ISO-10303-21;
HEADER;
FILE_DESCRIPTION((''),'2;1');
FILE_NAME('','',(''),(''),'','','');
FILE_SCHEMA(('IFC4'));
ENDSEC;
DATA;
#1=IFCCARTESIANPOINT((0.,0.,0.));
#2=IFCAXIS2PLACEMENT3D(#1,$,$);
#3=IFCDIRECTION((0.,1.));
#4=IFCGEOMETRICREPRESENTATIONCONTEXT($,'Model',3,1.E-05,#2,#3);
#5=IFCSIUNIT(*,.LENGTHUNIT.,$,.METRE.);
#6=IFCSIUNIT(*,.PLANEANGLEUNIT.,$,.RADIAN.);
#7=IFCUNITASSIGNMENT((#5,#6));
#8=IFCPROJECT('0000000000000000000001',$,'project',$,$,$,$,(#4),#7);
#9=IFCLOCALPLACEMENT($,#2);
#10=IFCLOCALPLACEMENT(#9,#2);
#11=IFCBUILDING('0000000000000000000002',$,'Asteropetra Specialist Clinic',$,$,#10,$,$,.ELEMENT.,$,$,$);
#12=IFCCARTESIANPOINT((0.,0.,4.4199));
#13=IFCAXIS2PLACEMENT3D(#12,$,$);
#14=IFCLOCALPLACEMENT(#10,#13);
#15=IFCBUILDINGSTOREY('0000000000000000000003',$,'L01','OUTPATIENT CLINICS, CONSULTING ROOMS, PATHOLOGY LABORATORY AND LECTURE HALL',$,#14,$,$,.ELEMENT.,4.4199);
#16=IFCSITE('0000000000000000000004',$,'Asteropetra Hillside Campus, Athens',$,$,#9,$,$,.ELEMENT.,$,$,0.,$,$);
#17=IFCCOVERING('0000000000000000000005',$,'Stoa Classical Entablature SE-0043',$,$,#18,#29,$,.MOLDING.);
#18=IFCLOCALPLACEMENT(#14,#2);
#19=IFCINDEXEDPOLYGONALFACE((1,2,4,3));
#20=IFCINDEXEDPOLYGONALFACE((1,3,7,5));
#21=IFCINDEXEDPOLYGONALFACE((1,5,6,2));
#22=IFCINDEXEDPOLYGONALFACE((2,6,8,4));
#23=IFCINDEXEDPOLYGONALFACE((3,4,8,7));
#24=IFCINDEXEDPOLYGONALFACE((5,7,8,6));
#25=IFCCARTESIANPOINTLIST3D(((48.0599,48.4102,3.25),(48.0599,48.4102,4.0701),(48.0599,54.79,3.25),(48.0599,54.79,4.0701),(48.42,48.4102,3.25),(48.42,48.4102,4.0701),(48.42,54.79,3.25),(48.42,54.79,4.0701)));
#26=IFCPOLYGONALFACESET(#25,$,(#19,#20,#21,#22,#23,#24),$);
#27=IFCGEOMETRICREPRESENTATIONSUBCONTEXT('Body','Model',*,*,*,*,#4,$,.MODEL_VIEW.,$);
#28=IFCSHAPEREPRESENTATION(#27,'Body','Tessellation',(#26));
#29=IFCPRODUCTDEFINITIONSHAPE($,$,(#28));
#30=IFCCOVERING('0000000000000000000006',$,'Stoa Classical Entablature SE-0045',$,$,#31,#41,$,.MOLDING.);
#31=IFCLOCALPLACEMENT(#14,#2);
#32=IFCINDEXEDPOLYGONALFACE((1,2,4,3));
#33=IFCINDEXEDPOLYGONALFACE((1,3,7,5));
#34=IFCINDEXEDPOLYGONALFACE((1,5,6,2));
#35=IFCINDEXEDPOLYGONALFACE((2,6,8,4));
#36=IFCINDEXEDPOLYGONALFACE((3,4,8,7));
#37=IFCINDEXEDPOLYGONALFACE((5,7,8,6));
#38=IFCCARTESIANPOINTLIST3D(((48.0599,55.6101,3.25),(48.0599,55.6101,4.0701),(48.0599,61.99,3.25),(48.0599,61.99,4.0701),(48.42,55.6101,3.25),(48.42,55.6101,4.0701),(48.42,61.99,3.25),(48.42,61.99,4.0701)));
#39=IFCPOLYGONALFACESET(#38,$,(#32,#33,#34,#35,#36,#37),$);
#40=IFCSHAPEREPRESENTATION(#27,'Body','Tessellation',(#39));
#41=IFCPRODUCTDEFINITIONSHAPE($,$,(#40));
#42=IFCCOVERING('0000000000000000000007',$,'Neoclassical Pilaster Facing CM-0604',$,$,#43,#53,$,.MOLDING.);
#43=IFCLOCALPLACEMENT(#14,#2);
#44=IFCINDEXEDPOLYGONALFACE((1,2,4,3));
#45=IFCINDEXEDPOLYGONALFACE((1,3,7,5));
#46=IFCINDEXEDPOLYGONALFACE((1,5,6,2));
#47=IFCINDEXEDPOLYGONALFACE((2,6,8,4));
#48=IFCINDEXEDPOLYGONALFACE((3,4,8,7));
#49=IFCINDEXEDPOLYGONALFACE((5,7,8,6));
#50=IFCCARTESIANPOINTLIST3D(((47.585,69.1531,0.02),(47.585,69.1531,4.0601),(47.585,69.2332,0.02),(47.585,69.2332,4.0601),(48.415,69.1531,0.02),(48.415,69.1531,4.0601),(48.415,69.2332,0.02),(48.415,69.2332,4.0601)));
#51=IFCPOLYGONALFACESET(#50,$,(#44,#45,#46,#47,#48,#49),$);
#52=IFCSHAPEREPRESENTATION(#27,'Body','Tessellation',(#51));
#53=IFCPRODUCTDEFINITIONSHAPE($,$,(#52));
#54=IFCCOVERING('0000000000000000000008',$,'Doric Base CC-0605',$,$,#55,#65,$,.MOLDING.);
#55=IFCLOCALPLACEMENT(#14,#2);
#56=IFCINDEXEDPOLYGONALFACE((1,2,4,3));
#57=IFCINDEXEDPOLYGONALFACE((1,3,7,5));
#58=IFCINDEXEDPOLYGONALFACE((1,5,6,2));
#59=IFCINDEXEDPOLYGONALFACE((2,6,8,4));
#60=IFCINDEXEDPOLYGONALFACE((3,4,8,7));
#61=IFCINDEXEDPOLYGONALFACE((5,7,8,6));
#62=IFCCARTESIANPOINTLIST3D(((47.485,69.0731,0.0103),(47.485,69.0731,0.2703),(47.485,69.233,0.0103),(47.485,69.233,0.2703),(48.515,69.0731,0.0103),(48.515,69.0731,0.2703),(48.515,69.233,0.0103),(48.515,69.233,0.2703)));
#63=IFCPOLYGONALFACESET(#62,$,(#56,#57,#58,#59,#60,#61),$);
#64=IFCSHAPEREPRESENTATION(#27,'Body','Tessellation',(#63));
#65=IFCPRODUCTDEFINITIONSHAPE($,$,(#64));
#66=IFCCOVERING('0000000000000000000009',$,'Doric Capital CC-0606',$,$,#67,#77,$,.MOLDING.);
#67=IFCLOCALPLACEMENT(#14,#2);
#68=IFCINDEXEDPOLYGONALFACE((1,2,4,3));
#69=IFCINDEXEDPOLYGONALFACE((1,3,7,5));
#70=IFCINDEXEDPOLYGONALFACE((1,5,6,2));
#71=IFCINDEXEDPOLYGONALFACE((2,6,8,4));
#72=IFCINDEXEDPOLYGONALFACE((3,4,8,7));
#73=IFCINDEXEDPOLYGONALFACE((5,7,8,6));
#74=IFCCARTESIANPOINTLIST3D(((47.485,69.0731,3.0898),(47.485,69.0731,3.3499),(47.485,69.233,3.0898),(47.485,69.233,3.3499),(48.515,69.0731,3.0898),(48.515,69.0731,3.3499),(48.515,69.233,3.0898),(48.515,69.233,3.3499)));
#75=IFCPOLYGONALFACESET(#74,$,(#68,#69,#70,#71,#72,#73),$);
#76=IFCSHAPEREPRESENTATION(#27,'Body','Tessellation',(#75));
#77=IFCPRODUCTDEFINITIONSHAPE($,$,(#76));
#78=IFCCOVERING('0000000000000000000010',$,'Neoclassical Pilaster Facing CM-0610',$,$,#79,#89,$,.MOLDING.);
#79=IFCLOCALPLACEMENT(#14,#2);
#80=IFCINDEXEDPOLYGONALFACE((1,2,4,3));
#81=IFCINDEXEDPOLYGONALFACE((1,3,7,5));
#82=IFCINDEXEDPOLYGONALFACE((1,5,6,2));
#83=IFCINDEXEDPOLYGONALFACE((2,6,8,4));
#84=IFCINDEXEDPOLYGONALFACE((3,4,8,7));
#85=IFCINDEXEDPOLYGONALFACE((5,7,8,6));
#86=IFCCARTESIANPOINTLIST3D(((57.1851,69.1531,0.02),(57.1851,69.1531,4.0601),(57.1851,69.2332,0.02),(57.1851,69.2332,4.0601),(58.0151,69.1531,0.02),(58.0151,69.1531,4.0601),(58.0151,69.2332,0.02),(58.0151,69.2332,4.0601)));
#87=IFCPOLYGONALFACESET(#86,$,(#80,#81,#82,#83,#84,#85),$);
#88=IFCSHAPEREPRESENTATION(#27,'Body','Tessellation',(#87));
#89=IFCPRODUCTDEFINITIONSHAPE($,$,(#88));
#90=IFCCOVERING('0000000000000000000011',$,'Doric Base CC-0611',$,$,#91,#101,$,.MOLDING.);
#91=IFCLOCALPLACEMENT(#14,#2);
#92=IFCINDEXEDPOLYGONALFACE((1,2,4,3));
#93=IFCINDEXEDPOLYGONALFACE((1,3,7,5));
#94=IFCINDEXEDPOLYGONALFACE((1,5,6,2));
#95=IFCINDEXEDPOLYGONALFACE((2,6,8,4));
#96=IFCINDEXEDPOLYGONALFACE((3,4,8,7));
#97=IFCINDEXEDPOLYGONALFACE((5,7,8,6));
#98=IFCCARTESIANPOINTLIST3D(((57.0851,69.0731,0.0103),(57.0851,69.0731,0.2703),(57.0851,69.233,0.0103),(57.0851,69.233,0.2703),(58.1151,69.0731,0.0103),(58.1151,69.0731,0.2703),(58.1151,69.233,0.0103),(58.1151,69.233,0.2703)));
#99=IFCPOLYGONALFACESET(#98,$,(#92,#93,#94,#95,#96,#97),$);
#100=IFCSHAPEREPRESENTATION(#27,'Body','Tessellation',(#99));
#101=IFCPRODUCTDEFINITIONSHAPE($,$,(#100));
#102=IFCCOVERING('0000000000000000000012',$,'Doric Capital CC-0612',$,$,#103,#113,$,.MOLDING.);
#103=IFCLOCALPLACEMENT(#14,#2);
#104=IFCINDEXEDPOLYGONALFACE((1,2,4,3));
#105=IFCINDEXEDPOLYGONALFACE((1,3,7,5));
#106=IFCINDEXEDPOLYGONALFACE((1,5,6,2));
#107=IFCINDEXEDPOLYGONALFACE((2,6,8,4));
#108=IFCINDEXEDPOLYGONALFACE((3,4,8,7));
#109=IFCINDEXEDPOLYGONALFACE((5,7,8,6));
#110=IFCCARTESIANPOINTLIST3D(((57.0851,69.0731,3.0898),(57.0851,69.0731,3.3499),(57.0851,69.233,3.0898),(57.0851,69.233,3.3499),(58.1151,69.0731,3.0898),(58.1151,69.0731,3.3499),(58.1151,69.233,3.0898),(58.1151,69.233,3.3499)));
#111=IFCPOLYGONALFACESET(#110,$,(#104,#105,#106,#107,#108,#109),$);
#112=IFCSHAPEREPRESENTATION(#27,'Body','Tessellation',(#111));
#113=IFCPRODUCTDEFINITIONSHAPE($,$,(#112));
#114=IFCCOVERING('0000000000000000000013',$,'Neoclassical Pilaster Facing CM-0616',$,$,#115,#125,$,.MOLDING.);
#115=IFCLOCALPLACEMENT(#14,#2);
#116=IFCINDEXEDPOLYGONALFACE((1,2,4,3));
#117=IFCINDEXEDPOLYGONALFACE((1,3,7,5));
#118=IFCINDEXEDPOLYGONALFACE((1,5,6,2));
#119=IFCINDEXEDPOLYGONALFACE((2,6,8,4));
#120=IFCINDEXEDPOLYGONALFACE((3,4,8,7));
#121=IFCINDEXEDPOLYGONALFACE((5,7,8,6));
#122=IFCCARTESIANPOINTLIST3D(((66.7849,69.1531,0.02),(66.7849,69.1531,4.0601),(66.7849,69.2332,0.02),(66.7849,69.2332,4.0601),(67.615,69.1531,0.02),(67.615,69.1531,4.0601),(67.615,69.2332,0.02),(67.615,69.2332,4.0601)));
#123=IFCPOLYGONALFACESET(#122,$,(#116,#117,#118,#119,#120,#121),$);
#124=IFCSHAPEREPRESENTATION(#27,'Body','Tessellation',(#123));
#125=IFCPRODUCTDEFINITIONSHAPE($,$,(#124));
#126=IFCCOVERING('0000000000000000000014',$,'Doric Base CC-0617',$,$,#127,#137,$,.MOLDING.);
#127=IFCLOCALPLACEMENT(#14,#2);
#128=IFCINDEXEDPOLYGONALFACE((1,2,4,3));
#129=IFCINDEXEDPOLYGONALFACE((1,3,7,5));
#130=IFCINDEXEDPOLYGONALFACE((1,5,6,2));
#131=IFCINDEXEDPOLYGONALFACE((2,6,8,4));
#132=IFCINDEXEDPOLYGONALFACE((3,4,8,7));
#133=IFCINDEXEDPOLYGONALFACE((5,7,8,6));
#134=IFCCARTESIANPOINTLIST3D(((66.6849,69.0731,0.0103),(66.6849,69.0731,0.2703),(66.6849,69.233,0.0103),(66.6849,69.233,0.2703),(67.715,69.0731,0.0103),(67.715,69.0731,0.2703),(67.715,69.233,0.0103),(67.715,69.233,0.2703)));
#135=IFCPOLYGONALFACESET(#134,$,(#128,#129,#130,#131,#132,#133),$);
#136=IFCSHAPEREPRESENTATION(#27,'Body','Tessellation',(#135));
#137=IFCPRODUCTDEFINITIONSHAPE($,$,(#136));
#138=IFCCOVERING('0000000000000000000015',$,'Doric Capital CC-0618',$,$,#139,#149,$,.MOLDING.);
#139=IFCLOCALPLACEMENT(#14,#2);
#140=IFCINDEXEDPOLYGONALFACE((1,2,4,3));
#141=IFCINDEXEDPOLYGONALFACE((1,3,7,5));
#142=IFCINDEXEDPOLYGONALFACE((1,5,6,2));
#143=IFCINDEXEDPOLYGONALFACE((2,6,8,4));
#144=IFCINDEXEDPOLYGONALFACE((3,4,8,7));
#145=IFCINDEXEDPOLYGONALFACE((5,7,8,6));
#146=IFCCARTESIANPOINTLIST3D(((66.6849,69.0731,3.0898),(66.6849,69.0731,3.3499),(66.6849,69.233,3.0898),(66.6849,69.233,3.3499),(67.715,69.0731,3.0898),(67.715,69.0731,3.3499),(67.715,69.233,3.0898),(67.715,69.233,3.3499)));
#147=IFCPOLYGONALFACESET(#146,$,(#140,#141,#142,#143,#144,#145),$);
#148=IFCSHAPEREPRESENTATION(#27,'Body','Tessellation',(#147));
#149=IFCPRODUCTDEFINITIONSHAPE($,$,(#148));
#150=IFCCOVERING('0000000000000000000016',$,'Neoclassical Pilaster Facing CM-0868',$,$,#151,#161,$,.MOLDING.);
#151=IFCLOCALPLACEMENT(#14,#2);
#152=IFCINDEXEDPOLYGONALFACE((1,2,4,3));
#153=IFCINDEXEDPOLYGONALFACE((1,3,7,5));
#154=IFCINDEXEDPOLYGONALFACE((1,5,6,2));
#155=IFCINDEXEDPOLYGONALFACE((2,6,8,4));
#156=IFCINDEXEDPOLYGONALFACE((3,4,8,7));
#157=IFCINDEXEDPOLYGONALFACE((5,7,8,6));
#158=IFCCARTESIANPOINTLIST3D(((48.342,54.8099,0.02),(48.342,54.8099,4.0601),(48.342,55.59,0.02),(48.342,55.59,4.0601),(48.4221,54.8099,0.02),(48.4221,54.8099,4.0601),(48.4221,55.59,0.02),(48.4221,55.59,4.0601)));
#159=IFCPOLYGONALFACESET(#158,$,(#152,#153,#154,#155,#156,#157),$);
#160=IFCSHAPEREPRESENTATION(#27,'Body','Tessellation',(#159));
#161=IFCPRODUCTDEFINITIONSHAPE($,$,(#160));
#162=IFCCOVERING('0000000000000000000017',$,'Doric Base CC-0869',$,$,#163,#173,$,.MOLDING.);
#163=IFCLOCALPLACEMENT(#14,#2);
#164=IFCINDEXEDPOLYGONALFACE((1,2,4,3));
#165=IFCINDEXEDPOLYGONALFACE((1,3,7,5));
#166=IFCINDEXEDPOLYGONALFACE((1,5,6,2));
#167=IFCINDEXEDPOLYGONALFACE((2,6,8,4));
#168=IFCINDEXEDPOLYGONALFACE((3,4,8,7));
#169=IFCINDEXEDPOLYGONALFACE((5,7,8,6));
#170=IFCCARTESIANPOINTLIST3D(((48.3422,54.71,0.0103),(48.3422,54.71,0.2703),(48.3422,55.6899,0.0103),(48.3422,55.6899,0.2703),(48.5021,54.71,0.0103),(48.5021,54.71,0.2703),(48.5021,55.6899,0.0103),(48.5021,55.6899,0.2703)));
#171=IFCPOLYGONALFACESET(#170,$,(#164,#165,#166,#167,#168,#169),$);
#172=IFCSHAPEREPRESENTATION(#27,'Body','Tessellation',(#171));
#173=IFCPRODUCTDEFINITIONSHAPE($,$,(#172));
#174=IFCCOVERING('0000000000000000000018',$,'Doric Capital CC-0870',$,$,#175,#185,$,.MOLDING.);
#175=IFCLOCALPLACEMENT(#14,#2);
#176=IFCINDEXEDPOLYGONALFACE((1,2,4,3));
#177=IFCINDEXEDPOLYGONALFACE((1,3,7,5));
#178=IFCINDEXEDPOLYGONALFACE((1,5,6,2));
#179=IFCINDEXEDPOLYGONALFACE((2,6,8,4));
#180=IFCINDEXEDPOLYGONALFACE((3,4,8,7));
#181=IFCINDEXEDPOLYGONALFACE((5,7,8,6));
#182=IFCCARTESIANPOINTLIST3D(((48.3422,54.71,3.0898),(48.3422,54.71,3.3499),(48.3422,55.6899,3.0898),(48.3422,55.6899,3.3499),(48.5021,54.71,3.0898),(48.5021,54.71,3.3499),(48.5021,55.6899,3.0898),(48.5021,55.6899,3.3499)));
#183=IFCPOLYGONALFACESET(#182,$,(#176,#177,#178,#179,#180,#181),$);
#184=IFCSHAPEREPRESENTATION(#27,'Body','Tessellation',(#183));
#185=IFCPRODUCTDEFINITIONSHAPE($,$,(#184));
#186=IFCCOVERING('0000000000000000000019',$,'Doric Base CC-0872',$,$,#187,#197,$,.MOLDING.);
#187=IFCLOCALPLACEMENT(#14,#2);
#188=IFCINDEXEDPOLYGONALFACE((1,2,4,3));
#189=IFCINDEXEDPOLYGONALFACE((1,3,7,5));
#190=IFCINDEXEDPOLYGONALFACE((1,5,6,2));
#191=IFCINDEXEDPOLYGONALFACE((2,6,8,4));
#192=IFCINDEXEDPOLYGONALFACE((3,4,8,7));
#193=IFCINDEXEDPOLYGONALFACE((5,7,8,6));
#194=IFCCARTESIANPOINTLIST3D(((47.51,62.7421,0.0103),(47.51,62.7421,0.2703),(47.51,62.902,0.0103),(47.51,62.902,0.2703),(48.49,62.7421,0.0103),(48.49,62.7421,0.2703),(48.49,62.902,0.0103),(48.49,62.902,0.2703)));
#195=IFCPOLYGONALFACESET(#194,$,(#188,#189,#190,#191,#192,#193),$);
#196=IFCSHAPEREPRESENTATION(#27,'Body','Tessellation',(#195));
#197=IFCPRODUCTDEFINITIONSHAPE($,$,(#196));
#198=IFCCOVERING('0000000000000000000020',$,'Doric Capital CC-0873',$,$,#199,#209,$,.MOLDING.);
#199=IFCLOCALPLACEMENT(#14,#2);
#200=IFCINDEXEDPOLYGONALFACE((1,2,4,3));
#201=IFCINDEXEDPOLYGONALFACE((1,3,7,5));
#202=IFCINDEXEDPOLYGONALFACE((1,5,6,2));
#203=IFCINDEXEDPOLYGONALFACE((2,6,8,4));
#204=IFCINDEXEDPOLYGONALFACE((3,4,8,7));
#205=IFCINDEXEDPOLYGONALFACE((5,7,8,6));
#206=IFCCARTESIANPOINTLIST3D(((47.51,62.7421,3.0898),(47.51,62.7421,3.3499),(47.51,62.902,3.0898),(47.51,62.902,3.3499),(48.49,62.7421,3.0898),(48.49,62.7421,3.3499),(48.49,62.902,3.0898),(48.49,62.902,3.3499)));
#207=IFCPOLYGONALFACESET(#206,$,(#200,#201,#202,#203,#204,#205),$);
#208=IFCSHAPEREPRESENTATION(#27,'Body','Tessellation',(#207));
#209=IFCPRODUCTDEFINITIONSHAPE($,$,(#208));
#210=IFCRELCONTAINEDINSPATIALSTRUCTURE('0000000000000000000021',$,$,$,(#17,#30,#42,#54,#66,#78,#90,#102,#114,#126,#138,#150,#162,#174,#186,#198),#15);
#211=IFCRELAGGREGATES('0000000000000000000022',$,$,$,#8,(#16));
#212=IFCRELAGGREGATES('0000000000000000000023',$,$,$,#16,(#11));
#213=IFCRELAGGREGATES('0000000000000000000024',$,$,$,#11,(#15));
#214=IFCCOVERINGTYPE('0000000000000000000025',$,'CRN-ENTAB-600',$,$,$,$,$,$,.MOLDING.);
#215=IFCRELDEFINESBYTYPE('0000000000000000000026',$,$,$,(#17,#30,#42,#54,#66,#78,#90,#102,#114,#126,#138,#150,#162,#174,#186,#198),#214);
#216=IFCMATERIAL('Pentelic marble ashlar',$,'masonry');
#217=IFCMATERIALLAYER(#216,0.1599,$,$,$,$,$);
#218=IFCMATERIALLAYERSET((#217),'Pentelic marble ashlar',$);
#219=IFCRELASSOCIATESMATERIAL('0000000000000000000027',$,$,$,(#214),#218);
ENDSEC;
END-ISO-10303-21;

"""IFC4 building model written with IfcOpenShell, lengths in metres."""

from ifc_helpers import new_model, si_unit, direction, frame, origin, origin_2d, place, context, subcontext, project, spatial, rectangle, extrude, material, layer, layer_set, type_object, element, save


model = new_model("IFC4")

# Units and contexts
model_context = context("Model", 3, precision=1e-05, world=origin(), true_north=direction((0.0, 1.0)))
body_context = subcontext(model_context, "Body", "Model", "MODEL_VIEW")
ifc_project = project(units=[si_unit("LENGTHUNIT", "METRE"), si_unit("PLANEANGLEUNIT", "RADIAN")], contexts=[model_context])

# Site, building, storey
site_placement = place(None, origin())
site = spatial("IfcSite", under=ifc_project, at=site_placement, Name="Asteropetra Hillside Campus, Athens", CompositionType="ELEMENT", RefElevation=0.0)
building_placement = place(site_placement, origin())
building = spatial("IfcBuilding", under=site, at=building_placement, Name="Asteropetra Specialist Clinic", CompositionType="ELEMENT")
storey_placement = place(building_placement, frame((0.0, 0.0, 4.4199)))
storey = spatial("IfcBuildingStorey", under=building, at=storey_placement, Name="L01", Description="OUTPATIENT CLINICS, CONSULTING ROOMS, PATHOLOGY LABORATORY AND LECTURE HALL", CompositionType="ELEMENT", Elevation=4.4199)

# Coverings
ifc_material_1 = material(Name="Pentelic marble ashlar", Category="masonry")
ifc_layer_1 = layer(ifc_material_1, 0.1599)
ifc_layer_set_1 = layer_set([ifc_layer_1], Name="Pentelic marble ashlar")
covering_type_1 = type_object("IfcCoveringType", Name="CRN-ENTAB-600", PredefinedType="MOLDING", material=ifc_layer_set_1)
for number, where, z_axis, x_axis, name in (
    (1, (48.24, 51.6001, 3.25), (0.0, 0.0, 1.0), (1.0, 0.0, 0.0), "Stoa Classical Entablature SE-0043"),
    (2, (48.24, 58.8, 3.25), (0.0, 0.0, 1.0), (1.0, 0.0, 0.0), "Stoa Classical Entablature SE-0045"),
):
    element("IfcCovering", number, at=place(storey_placement, frame(where, z_axis=z_axis, x_axis=x_axis)), inside=storey, type_object=covering_type_1, Name=name, PredefinedType="MOLDING", context=body_context, shape_type="SweptSolid", body=[
        extrude(rectangle(XDim=0.3601, YDim=6.3799, at=origin_2d()), origin(), (0.0, 0.0, 1.0), 0.8201),
    ])
covering_1_placement = place(storey_placement, frame((48.0, 69.1931, 0.02), z_axis=(0.0, 0.0, 1.0), x_axis=(1.0, 0.0, 0.0)))
element("IfcCovering", 3, at=covering_1_placement, inside=storey, type_object=covering_type_1, Name="Neoclassical Pilaster Facing CM-0604", PredefinedType="MOLDING", context=body_context, shape_type="SweptSolid", body=[
    extrude(rectangle(XDim=0.8301, YDim=0.0801, at=origin_2d()), origin(), (0.0, 0.0, 1.0), 4.04),
])
for number, where, z_axis, x_axis, name in (
    (4, (48.0, 69.1531, 0.0103), (0.0, 0.0, 1.0), (1.0, 0.0, 0.0), "Doric Base CC-0605"),
    (5, (48.0, 69.1531, 3.0898), (0.0, 0.0, 1.0), (1.0, 0.0, 0.0), "Doric Capital CC-0606"),
):
    element("IfcCovering", number, at=place(storey_placement, frame(where, z_axis=z_axis, x_axis=x_axis)), inside=storey, type_object=covering_type_1, Name=name, PredefinedType="MOLDING", context=body_context, shape_type="SweptSolid", body=[
        extrude(rectangle(XDim=1.03, YDim=0.1599, at=origin_2d()), origin(), (0.0, 0.0, 1.0), 0.26),
    ])
covering_2_placement = place(storey_placement, frame((57.6001, 69.1931, 0.02), z_axis=(0.0, 0.0, 1.0), x_axis=(1.0, 0.0, 0.0)))
element("IfcCovering", 6, at=covering_2_placement, inside=storey, type_object=covering_type_1, Name="Neoclassical Pilaster Facing CM-0610", PredefinedType="MOLDING", context=body_context, shape_type="SweptSolid", body=[
    extrude(rectangle(XDim=0.8301, YDim=0.0801, at=origin_2d()), origin(), (0.0, 0.0, 1.0), 4.04),
])
for number, where, z_axis, x_axis, name in (
    (7, (57.6001, 69.1531, 0.0103), (0.0, 0.0, 1.0), (1.0, 0.0, 0.0), "Doric Base CC-0611"),
    (8, (57.6001, 69.1531, 3.0898), (0.0, 0.0, 1.0), (1.0, 0.0, 0.0), "Doric Capital CC-0612"),
):
    element("IfcCovering", number, at=place(storey_placement, frame(where, z_axis=z_axis, x_axis=x_axis)), inside=storey, type_object=covering_type_1, Name=name, PredefinedType="MOLDING", context=body_context, shape_type="SweptSolid", body=[
        extrude(rectangle(XDim=1.03, YDim=0.1599, at=origin_2d()), origin(), (0.0, 0.0, 1.0), 0.26),
    ])
covering_3_placement = place(storey_placement, frame((67.2, 69.1931, 0.02), z_axis=(0.0, 0.0, 1.0), x_axis=(1.0, 0.0, 0.0)))
element("IfcCovering", 9, at=covering_3_placement, inside=storey, type_object=covering_type_1, Name="Neoclassical Pilaster Facing CM-0616", PredefinedType="MOLDING", context=body_context, shape_type="SweptSolid", body=[
    extrude(rectangle(XDim=0.8301, YDim=0.0801, at=origin_2d()), origin(), (0.0, 0.0, 1.0), 4.04),
])
for number, where, z_axis, x_axis, name in (
    (10, (67.2, 69.1531, 0.0103), (0.0, 0.0, 1.0), (1.0, 0.0, 0.0), "Doric Base CC-0617"),
    (11, (67.2, 69.1531, 3.0898), (0.0, 0.0, 1.0), (1.0, 0.0, 0.0), "Doric Capital CC-0618"),
):
    element("IfcCovering", number, at=place(storey_placement, frame(where, z_axis=z_axis, x_axis=x_axis)), inside=storey, type_object=covering_type_1, Name=name, PredefinedType="MOLDING", context=body_context, shape_type="SweptSolid", body=[
        extrude(rectangle(XDim=1.03, YDim=0.1599, at=origin_2d()), origin(), (0.0, 0.0, 1.0), 0.26),
    ])
covering_4_placement = place(storey_placement, frame((48.3821, 55.2, 0.02), z_axis=(0.0, 0.0, 1.0), x_axis=(1.0, 0.0, 0.0)))
element("IfcCovering", 12, at=covering_4_placement, inside=storey, type_object=covering_type_1, Name="Neoclassical Pilaster Facing CM-0868", PredefinedType="MOLDING", context=body_context, shape_type="SweptSolid", body=[
    extrude(rectangle(XDim=0.0801, YDim=0.78, at=origin_2d()), origin(), (0.0, 0.0, 1.0), 4.04),
])
for number, where, z_axis, x_axis, name in (
    (13, (48.4221, 55.2, 0.0103), (0.0, 0.0, 1.0), (1.0, 0.0, 0.0), "Doric Base CC-0869"),
    (14, (48.4221, 55.2, 3.0898), (0.0, 0.0, 1.0), (1.0, 0.0, 0.0), "Doric Capital CC-0870"),
):
    element("IfcCovering", number, at=place(storey_placement, frame(where, z_axis=z_axis, x_axis=x_axis)), inside=storey, type_object=covering_type_1, Name=name, PredefinedType="MOLDING", context=body_context, shape_type="SweptSolid", body=[
        extrude(rectangle(XDim=0.1599, YDim=0.98, at=origin_2d()), origin(), (0.0, 0.0, 1.0), 0.26),
    ])
for number, where, z_axis, x_axis, name in (
    (15, (48.0, 62.822, 0.0103), (0.0, 0.0, 1.0), (1.0, 0.0, 0.0), "Doric Base CC-0872"),
    (16, (48.0, 62.822, 3.0898), (0.0, 0.0, 1.0), (1.0, 0.0, 0.0), "Doric Capital CC-0873"),
):
    element("IfcCovering", number, at=place(storey_placement, frame(where, z_axis=z_axis, x_axis=x_axis)), inside=storey, type_object=covering_type_1, Name=name, PredefinedType="MOLDING", context=body_context, shape_type="SweptSolid", body=[
        extrude(rectangle(XDim=0.98, YDim=0.1599, at=origin_2d()), origin(), (0.0, 0.0, 1.0), 0.26),
    ])

save(model, "model.ifc")
